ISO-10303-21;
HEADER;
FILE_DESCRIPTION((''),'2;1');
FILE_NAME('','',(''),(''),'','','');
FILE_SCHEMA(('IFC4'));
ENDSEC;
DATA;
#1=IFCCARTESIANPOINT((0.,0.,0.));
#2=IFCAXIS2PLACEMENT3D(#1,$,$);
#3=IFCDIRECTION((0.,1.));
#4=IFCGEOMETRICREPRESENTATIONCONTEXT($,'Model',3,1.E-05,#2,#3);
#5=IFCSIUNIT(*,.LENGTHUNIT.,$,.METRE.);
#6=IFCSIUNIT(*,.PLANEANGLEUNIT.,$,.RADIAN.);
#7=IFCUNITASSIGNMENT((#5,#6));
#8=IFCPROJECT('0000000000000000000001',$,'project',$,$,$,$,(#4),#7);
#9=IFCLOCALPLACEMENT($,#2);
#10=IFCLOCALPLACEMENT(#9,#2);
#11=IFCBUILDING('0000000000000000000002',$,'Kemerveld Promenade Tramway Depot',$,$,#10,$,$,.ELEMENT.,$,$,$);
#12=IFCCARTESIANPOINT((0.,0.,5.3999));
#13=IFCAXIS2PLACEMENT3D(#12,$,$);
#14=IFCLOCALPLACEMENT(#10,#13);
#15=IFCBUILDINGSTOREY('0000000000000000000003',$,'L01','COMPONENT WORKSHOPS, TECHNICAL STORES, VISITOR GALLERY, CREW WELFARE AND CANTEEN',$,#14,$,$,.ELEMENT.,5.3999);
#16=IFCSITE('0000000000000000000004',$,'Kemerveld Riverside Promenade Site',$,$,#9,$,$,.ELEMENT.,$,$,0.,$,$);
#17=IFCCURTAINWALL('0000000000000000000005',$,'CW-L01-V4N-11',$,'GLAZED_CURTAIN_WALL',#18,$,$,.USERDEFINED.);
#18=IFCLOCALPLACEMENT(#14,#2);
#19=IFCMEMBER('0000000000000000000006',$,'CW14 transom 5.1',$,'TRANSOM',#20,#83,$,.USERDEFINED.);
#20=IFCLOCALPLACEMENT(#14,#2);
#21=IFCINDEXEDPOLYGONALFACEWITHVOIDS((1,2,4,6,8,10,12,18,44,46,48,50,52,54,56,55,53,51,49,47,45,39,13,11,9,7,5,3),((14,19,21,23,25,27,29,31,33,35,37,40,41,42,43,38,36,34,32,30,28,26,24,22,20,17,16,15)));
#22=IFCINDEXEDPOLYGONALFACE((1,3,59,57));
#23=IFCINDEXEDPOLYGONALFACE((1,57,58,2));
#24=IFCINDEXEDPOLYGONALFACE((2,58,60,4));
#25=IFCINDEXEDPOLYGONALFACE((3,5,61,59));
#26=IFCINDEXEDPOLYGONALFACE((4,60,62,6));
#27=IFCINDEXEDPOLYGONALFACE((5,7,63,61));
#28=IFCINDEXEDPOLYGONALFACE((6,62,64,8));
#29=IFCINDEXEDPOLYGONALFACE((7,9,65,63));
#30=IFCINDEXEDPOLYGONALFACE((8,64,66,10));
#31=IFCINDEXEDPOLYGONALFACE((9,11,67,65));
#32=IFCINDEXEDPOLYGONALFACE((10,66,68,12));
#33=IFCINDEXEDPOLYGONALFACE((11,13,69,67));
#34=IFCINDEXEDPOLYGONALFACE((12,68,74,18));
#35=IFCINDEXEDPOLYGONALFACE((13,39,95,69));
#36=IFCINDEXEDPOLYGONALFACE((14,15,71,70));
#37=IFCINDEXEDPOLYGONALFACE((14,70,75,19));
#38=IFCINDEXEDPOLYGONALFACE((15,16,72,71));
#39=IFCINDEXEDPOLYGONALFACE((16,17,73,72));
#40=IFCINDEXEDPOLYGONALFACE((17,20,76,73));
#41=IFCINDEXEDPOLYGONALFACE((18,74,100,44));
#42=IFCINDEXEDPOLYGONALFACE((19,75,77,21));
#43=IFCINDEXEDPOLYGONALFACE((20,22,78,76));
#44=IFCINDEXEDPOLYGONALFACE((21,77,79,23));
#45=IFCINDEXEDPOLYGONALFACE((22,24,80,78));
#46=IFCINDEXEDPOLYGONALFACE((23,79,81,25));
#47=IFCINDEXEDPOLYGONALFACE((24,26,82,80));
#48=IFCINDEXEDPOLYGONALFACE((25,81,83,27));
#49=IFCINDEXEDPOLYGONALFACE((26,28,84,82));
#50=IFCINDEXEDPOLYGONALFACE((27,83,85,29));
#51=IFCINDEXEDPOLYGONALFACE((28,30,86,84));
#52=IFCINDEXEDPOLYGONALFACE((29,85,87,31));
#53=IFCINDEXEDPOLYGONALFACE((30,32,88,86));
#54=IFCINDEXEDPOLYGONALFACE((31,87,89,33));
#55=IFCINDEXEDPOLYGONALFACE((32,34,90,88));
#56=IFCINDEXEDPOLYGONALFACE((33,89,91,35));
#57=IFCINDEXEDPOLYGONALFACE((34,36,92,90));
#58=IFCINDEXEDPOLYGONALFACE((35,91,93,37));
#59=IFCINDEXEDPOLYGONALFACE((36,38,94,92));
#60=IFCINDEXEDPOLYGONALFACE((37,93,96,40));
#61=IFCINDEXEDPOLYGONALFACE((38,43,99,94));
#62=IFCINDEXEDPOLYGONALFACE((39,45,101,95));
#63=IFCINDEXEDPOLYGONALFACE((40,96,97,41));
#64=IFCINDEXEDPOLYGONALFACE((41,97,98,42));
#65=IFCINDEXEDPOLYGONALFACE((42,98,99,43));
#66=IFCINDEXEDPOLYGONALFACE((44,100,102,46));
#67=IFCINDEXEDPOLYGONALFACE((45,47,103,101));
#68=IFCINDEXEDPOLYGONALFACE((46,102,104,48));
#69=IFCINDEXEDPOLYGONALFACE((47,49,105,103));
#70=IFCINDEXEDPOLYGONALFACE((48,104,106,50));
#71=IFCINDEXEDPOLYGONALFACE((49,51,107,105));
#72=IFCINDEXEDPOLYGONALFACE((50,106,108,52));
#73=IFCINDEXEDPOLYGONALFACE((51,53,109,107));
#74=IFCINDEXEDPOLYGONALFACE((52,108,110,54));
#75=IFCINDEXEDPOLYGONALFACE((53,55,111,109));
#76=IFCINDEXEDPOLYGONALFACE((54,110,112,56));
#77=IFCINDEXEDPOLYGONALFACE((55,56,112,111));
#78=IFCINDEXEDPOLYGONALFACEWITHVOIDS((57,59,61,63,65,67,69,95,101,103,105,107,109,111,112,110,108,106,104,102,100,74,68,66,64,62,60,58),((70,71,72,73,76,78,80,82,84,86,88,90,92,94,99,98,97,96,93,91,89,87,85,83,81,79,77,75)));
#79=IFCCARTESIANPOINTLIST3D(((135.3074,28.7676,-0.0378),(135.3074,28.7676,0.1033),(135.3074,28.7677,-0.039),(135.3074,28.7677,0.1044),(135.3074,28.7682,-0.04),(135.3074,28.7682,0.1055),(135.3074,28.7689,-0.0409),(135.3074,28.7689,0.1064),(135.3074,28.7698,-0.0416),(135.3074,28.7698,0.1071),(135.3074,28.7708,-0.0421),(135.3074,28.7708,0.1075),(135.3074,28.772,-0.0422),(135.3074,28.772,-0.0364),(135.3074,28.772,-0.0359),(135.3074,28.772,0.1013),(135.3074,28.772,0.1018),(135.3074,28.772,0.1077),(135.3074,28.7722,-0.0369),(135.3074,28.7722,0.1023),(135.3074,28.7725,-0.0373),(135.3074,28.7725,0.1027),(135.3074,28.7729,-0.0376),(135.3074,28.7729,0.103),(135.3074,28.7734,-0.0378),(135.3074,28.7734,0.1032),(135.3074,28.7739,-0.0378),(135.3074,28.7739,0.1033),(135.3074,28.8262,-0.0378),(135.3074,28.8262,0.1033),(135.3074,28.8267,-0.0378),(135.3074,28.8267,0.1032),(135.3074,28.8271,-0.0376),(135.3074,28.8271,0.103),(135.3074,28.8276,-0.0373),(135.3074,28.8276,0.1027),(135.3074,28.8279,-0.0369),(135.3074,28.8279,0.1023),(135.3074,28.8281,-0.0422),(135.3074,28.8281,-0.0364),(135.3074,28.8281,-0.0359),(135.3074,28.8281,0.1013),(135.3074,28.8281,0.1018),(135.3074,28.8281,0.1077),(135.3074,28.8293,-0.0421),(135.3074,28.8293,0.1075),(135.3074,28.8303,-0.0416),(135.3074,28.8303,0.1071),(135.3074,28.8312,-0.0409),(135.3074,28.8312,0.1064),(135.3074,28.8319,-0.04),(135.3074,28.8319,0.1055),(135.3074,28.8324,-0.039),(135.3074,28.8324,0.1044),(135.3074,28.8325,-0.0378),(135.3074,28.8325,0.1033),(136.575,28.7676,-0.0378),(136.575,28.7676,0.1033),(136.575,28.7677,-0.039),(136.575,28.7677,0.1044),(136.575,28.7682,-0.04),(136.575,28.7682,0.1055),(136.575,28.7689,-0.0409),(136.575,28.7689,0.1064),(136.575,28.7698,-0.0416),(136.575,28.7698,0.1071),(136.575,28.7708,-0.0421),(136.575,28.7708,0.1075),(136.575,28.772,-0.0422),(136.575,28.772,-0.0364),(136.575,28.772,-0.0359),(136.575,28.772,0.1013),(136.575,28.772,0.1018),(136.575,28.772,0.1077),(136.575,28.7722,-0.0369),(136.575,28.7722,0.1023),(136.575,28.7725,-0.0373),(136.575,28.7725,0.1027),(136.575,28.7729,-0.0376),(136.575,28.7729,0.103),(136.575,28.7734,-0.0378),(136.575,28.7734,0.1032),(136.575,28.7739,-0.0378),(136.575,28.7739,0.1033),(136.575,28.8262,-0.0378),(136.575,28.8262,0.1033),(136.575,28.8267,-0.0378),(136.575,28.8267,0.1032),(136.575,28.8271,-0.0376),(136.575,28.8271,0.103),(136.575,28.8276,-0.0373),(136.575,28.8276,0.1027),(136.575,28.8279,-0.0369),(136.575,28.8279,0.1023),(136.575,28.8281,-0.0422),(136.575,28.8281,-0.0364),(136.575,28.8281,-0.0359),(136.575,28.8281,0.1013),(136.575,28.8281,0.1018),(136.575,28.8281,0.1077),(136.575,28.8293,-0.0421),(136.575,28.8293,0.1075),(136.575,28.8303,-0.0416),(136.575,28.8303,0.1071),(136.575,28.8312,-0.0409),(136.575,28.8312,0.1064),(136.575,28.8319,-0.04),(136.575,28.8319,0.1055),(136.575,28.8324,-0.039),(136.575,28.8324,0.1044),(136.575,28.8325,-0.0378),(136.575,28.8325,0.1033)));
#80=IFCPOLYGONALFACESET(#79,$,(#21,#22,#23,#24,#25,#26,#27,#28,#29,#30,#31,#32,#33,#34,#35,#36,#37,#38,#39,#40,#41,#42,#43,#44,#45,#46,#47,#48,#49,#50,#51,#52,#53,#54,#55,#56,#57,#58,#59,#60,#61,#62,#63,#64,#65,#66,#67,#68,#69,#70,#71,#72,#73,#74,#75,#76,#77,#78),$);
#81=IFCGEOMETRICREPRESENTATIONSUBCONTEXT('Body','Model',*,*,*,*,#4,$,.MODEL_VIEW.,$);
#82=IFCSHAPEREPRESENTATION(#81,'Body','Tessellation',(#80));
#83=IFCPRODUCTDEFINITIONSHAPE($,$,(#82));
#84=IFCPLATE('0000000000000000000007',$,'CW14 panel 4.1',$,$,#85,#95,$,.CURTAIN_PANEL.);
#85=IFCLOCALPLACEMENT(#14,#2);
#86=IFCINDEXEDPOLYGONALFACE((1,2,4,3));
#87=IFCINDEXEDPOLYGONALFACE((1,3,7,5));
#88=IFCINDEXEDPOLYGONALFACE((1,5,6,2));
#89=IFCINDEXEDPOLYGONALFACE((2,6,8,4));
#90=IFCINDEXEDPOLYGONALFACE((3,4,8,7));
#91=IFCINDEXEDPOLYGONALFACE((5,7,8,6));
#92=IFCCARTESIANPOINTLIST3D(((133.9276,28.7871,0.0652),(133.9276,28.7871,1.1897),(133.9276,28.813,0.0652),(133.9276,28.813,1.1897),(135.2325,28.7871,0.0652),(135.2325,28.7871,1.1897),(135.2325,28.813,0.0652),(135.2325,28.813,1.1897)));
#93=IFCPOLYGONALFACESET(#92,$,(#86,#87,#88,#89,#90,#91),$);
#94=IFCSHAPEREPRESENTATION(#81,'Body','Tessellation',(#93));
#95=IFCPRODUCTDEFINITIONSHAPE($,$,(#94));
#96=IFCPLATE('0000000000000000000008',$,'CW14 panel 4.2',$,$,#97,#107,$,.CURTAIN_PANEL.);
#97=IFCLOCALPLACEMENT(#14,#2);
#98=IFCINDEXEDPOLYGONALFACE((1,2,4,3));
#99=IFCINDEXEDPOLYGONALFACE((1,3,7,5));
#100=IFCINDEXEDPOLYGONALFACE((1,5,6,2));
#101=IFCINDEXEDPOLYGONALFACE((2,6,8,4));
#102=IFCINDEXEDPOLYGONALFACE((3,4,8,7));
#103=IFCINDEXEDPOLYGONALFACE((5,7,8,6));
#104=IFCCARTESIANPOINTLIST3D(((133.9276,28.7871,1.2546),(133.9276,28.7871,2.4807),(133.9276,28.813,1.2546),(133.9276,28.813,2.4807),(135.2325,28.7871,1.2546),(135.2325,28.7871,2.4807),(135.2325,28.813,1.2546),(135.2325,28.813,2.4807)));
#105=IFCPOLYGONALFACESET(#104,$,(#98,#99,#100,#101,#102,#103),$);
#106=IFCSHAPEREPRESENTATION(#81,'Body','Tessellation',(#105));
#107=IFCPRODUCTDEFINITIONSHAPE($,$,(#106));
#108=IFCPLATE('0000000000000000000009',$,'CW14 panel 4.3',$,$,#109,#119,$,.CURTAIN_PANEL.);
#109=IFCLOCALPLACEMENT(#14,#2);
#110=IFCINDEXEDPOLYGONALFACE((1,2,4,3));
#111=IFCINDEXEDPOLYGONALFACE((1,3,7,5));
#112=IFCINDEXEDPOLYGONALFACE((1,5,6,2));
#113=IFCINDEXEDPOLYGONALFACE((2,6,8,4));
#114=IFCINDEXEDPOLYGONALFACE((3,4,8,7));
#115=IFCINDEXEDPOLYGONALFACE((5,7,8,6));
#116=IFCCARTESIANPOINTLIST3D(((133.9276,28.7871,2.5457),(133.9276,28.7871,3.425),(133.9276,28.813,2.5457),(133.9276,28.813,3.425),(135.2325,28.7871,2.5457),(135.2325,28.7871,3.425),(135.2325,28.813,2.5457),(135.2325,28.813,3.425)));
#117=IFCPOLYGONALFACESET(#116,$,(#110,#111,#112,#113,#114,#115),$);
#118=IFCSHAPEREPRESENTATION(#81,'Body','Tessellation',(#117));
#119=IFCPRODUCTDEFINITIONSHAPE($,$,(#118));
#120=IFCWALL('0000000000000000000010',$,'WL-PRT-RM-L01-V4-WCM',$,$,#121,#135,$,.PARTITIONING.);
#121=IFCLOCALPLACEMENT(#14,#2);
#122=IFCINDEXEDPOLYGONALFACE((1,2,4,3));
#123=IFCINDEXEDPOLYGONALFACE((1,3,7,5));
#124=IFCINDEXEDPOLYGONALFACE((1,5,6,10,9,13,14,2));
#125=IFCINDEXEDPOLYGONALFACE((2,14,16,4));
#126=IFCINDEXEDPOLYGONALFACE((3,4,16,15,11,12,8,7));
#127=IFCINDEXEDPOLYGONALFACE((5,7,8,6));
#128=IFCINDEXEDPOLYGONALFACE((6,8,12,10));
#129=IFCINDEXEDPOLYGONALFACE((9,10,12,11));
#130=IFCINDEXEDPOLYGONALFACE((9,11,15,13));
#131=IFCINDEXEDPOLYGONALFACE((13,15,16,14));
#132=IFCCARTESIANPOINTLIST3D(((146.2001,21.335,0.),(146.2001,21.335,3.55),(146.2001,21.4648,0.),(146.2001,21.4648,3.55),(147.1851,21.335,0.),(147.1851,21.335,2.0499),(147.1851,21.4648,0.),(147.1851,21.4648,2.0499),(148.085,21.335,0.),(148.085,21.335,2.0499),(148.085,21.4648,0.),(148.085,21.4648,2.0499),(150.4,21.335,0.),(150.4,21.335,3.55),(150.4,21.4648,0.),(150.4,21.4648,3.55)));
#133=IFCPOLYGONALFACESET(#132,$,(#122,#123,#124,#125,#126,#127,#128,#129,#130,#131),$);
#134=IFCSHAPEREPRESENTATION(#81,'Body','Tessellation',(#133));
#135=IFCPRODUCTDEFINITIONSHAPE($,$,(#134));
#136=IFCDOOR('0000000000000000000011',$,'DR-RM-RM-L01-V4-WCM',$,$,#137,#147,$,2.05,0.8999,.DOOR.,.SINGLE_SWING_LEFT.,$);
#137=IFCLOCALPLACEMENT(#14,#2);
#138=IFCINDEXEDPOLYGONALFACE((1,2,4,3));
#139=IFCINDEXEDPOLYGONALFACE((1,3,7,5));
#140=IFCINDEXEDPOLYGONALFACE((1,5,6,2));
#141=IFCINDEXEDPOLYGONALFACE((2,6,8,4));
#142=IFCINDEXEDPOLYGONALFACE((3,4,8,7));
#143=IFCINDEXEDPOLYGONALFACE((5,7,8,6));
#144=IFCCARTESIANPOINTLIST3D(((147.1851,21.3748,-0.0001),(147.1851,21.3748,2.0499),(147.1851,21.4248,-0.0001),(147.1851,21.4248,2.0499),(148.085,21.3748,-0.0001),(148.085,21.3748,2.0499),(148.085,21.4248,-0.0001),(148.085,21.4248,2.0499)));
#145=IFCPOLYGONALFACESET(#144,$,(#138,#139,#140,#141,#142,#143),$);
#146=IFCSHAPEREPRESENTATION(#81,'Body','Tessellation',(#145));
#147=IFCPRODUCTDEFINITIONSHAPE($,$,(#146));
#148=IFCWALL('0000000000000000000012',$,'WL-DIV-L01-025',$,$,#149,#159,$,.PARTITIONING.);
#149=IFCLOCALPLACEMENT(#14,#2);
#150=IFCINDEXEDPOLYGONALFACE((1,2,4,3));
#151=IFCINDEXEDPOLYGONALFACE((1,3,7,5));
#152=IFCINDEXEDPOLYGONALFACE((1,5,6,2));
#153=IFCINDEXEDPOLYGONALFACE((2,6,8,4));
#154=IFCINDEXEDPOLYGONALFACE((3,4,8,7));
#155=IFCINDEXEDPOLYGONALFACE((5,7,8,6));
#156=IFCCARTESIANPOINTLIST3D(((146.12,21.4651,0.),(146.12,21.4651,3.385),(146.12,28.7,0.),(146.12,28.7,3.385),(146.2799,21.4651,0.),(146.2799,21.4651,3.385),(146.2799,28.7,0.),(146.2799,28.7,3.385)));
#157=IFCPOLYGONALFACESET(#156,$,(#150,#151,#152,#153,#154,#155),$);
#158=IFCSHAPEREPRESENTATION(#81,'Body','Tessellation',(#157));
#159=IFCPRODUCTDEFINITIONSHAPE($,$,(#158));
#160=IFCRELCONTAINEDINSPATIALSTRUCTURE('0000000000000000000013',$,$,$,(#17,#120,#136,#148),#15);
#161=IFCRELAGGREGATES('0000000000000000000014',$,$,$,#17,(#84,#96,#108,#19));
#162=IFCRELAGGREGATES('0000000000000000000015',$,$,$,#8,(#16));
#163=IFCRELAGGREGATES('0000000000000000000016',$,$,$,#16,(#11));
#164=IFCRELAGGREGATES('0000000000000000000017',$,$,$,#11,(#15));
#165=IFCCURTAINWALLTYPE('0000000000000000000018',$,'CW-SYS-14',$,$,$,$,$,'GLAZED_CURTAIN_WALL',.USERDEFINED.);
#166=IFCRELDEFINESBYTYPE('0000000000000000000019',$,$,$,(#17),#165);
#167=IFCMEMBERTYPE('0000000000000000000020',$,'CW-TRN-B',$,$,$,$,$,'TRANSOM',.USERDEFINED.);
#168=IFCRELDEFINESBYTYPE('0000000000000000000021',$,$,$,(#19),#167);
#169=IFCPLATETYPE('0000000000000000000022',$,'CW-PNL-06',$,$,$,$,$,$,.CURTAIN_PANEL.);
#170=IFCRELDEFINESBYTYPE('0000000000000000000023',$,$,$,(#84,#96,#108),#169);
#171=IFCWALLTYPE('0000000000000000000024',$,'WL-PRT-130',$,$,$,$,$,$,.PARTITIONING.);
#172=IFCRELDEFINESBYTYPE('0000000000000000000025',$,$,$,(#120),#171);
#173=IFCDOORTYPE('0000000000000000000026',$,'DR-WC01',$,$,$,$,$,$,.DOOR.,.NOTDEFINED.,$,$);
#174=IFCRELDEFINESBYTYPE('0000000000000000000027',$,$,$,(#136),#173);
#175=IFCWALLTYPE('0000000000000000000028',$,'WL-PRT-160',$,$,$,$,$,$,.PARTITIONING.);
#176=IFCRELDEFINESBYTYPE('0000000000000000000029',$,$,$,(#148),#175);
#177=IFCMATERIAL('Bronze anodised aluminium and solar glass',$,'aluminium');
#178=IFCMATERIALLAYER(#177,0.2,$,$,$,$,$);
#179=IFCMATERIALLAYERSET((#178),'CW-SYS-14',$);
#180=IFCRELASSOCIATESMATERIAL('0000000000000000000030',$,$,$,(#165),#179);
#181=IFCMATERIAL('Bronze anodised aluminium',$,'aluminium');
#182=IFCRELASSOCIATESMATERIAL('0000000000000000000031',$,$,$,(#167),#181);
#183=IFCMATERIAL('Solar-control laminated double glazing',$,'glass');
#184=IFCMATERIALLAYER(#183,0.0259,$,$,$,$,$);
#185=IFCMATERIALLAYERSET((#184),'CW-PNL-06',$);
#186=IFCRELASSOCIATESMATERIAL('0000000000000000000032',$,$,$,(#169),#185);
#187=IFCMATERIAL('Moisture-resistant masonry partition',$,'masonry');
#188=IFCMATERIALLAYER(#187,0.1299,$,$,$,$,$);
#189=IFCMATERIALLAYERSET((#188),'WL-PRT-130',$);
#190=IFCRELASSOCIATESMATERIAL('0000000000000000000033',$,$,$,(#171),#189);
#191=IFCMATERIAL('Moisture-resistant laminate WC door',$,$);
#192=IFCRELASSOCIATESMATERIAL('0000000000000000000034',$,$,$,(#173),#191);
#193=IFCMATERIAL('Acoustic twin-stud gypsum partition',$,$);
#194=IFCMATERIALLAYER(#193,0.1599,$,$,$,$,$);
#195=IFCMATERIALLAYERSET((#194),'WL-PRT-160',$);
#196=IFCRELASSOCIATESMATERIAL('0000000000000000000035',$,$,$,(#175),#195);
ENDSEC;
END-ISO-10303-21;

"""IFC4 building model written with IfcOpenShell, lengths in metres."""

from ifc_helpers import new_model, si_unit, direction, frame, frame_2d, origin, origin_2d, place, context, subcontext, project, spatial, rectangle, hollow_rectangle, extrude, material, layer, layer_set, material_profile, profile_set, type_object, element, fill, aggregate, save


model = new_model("IFC4")

# Units and contexts
model_context = context("Model", 3, precision=1e-05, world=origin(), true_north=direction((0.0, 1.0)))
body_context = subcontext(model_context, "Body", "Model", "MODEL_VIEW")
ifc_project = project(units=[si_unit("LENGTHUNIT", "METRE"), si_unit("PLANEANGLEUNIT", "RADIAN")], contexts=[model_context])

# Site, building, storey
site_placement = place(None, origin())
site = spatial("IfcSite", under=ifc_project, at=site_placement, Name="Kemerveld Riverside Promenade Site", CompositionType="ELEMENT", RefElevation=0.0)
building_placement = place(site_placement, origin())
building = spatial("IfcBuilding", under=site, at=building_placement, Name="Kemerveld Promenade Tramway Depot", CompositionType="ELEMENT")
storey_placement = place(building_placement, frame((0.0, 0.0, 5.3999)))
storey = spatial("IfcBuildingStorey", under=building, at=storey_placement, Name="L01", Description="COMPONENT WORKSHOPS, TECHNICAL STORES, VISITOR GALLERY, CREW WELFARE AND CANTEEN", CompositionType="ELEMENT", Elevation=5.3999)

# Curtain wall, member, plates
ifc_material_1 = material(Name="Bronze anodised aluminium and solar glass", Category="aluminium")
ifc_layer_1 = layer(ifc_material_1, 0.2)
ifc_layer_set_1 = layer_set([ifc_layer_1], Name="CW-SYS-14")
curtain_wall_type = type_object("IfcCurtainWallType", Name="CW-SYS-14", ElementType="GLAZED_CURTAIN_WALL", PredefinedType="USERDEFINED", material=ifc_layer_set_1)
curtain_wall_placement = place(storey_placement, origin())
curtain_wall = element("IfcCurtainWall", 1, at=curtain_wall_placement, inside=storey, type_object=curtain_wall_type, Name="CW-L01-V4N-11", ObjectType="GLAZED_CURTAIN_WALL", PredefinedType="USERDEFINED")
ifc_material_2 = material(Name="Bronze anodised aluminium", Category="aluminium")
ifc_material_profile_1 = material_profile(ifc_material_2, hollow_rectangle(XDim=0.0649, YDim=0.1499, WallThickness=0.0044, InnerFilletRadius=0.002, OuterFilletRadius=0.0044, at=origin_2d()), Name="CW-TRN-150x65")
ifc_profile_set_1 = profile_set([ifc_material_profile_1], Name="Bronze anodised aluminium")
member_type_1 = type_object("IfcMemberType", Name="CW-TRN-B", ElementType="TRANSOM", PredefinedType="USERDEFINED", material=ifc_profile_set_1)
member_1_placement = place(storey_placement, frame((135.3074, 28.8, 0.0327), z_axis=(1.0, 0.0, 0.0), x_axis=(0.0, 1.0, 0.0)))
member_1 = element("IfcMember", 2, at=member_1_placement, type_object=member_type_1, Name="CW14 transom 5.1", ObjectType="TRANSOM", PredefinedType="USERDEFINED", context=body_context, shape_type="SweptSolid", body=[
    extrude(hollow_rectangle(XDim=0.0649, YDim=0.1499, WallThickness=0.0044, InnerFilletRadius=0.002, OuterFilletRadius=0.0044, at=origin_2d()), origin(), (0.0, 0.0, 1.0), 1.2676),
])
ifc_material_3 = material(Name="Solar-control laminated double glazing", Category="glass")
ifc_layer_2 = layer(ifc_material_3, 0.0259)
ifc_layer_set_2 = layer_set([ifc_layer_2], Name="CW-PNL-06")
plate_type = type_object("IfcPlateType", Name="CW-PNL-06", PredefinedType="CURTAIN_PANEL", material=ifc_layer_set_2)
plate_1_placement = place(storey_placement, frame((134.5801, 28.8, 0.0652), z_axis=(0.0, 0.0, 1.0), x_axis=(1.0, 0.0, 0.0)))
plate_1 = element("IfcPlate", 3, at=plate_1_placement, type_object=plate_type, Name="CW14 panel 4.1", PredefinedType="CURTAIN_PANEL", context=body_context, shape_type="SweptSolid", body=[
    extrude(rectangle(XDim=1.3049, YDim=0.0259, at=origin_2d()), origin(), (0.0, 0.0, 1.0), 1.1245),
])
plate_2_placement = place(storey_placement, frame((134.5801, 28.8, 1.2546), z_axis=(0.0, 0.0, 1.0), x_axis=(1.0, 0.0, 0.0)))
plate_2 = element("IfcPlate", 4, at=plate_2_placement, type_object=plate_type, Name="CW14 panel 4.2", PredefinedType="CURTAIN_PANEL", context=body_context, shape_type="SweptSolid", body=[
    extrude(rectangle(XDim=1.3049, YDim=0.0259, at=origin_2d()), origin(), (0.0, 0.0, 1.0), 1.2261),
])
plate_3_placement = place(storey_placement, frame((134.5801, 28.8, 2.5457), z_axis=(0.0, 0.0, 1.0), x_axis=(1.0, 0.0, 0.0)))
plate_3 = element("IfcPlate", 5, at=plate_3_placement, type_object=plate_type, Name="CW14 panel 4.3", PredefinedType="CURTAIN_PANEL", context=body_context, shape_type="SweptSolid", body=[
    extrude(rectangle(XDim=1.3049, YDim=0.0259, at=origin_2d()), origin(), (0.0, 0.0, 1.0), 0.8794),
])
aggregate(curtain_wall, [plate_1, plate_2, plate_3, member_1])

# Wall, opening, door
ifc_material_4 = material(Name="Moisture-resistant masonry partition", Category="masonry")
ifc_layer_3 = layer(ifc_material_4, 0.1299)
ifc_layer_set_3 = layer_set([ifc_layer_3], Name="WL-PRT-130")
wall_type_1 = type_object("IfcWallType", Name="WL-PRT-130", PredefinedType="PARTITIONING", material=ifc_layer_set_3)
wall_1_placement = place(storey_placement, frame((146.2, 21.3999, 0.0), z_axis=(0.0, 0.0, 1.0), x_axis=(1.0, 0.0, 0.0)))
wall_1 = element("IfcWall", 6, at=wall_1_placement, inside=storey, type_object=wall_type_1, Name="WL-PRT-RM-L01-V4-WCM", PredefinedType="PARTITIONING", context=body_context, shape_type="SweptSolid", body=[
    extrude(rectangle(XDim=4.2, YDim=0.1299, at=frame_2d((2.1001, 0.0))), origin(), (0.0, 0.0, 1.0), 3.55),
])
opening_placement = place(wall_1_placement, frame((0.9851, 0.0, 0.0)))
opening = element("IfcOpeningElement", 7, at=opening_placement, cuts=wall_1, PredefinedType="OPENING", context=body_context, shape_type="SweptSolid", body=[
    extrude(rectangle(XDim=0.8999, YDim=2.05, at=frame_2d((0.45, 1.0249))), frame((0.0, 0.075, 0.0), z_axis=(0.0, -1.0, 0.0), x_axis=(1.0, 0.0, 0.0)), (0.0, 0.0, 1.0), 0.1499),
])
ifc_material_5 = material(Name="Moisture-resistant laminate WC door")
door_type = type_object("IfcDoorType", Name="DR-WC01", OperationType="NOTDEFINED", PredefinedType="DOOR", material=ifc_material_5)
door_placement = place(opening_placement, origin())
door = element("IfcDoor", 8, at=door_placement, inside=storey, type_object=door_type, Name="DR-RM-RM-L01-V4-WCM", OperationType="SINGLE_SWING_LEFT", OverallHeight=2.05, OverallWidth=0.8999, PredefinedType="DOOR", context=body_context, shape_type="SweptSolid", body=[
    extrude(rectangle(XDim=0.8999, YDim=2.05, at=frame_2d((0.45, 1.0249))), frame((0.0, 0.0249, 0.0), z_axis=(0.0, -1.0, 0.0), x_axis=(1.0, 0.0, 0.0)), (0.0, 0.0, 1.0), 0.05),
])
fill(opening, door)

# Wall
ifc_material_6 = material(Name="Acoustic twin-stud gypsum partition")
ifc_layer_4 = layer(ifc_material_6, 0.1599)
ifc_layer_set_4 = layer_set([ifc_layer_4], Name="WL-PRT-160")
wall_type_2 = type_object("IfcWallType", Name="WL-PRT-160", PredefinedType="PARTITIONING", material=ifc_layer_set_4)
wall_2_placement = place(storey_placement, frame((146.2, 21.4651, 0.0), z_axis=(0.0, 0.0, 1.0), x_axis=(0.0, 1.0, 0.0)))
element("IfcWall", 9, at=wall_2_placement, inside=storey, type_object=wall_type_2, Name="WL-DIV-L01-025", PredefinedType="PARTITIONING", context=body_context, shape_type="SweptSolid", body=[
    extrude(rectangle(XDim=7.2349, YDim=0.1599, at=frame_2d((3.6174, 0.0))), origin(), (0.0, 0.0, 1.0), 3.385),
])

save(model, "model.ifc")
